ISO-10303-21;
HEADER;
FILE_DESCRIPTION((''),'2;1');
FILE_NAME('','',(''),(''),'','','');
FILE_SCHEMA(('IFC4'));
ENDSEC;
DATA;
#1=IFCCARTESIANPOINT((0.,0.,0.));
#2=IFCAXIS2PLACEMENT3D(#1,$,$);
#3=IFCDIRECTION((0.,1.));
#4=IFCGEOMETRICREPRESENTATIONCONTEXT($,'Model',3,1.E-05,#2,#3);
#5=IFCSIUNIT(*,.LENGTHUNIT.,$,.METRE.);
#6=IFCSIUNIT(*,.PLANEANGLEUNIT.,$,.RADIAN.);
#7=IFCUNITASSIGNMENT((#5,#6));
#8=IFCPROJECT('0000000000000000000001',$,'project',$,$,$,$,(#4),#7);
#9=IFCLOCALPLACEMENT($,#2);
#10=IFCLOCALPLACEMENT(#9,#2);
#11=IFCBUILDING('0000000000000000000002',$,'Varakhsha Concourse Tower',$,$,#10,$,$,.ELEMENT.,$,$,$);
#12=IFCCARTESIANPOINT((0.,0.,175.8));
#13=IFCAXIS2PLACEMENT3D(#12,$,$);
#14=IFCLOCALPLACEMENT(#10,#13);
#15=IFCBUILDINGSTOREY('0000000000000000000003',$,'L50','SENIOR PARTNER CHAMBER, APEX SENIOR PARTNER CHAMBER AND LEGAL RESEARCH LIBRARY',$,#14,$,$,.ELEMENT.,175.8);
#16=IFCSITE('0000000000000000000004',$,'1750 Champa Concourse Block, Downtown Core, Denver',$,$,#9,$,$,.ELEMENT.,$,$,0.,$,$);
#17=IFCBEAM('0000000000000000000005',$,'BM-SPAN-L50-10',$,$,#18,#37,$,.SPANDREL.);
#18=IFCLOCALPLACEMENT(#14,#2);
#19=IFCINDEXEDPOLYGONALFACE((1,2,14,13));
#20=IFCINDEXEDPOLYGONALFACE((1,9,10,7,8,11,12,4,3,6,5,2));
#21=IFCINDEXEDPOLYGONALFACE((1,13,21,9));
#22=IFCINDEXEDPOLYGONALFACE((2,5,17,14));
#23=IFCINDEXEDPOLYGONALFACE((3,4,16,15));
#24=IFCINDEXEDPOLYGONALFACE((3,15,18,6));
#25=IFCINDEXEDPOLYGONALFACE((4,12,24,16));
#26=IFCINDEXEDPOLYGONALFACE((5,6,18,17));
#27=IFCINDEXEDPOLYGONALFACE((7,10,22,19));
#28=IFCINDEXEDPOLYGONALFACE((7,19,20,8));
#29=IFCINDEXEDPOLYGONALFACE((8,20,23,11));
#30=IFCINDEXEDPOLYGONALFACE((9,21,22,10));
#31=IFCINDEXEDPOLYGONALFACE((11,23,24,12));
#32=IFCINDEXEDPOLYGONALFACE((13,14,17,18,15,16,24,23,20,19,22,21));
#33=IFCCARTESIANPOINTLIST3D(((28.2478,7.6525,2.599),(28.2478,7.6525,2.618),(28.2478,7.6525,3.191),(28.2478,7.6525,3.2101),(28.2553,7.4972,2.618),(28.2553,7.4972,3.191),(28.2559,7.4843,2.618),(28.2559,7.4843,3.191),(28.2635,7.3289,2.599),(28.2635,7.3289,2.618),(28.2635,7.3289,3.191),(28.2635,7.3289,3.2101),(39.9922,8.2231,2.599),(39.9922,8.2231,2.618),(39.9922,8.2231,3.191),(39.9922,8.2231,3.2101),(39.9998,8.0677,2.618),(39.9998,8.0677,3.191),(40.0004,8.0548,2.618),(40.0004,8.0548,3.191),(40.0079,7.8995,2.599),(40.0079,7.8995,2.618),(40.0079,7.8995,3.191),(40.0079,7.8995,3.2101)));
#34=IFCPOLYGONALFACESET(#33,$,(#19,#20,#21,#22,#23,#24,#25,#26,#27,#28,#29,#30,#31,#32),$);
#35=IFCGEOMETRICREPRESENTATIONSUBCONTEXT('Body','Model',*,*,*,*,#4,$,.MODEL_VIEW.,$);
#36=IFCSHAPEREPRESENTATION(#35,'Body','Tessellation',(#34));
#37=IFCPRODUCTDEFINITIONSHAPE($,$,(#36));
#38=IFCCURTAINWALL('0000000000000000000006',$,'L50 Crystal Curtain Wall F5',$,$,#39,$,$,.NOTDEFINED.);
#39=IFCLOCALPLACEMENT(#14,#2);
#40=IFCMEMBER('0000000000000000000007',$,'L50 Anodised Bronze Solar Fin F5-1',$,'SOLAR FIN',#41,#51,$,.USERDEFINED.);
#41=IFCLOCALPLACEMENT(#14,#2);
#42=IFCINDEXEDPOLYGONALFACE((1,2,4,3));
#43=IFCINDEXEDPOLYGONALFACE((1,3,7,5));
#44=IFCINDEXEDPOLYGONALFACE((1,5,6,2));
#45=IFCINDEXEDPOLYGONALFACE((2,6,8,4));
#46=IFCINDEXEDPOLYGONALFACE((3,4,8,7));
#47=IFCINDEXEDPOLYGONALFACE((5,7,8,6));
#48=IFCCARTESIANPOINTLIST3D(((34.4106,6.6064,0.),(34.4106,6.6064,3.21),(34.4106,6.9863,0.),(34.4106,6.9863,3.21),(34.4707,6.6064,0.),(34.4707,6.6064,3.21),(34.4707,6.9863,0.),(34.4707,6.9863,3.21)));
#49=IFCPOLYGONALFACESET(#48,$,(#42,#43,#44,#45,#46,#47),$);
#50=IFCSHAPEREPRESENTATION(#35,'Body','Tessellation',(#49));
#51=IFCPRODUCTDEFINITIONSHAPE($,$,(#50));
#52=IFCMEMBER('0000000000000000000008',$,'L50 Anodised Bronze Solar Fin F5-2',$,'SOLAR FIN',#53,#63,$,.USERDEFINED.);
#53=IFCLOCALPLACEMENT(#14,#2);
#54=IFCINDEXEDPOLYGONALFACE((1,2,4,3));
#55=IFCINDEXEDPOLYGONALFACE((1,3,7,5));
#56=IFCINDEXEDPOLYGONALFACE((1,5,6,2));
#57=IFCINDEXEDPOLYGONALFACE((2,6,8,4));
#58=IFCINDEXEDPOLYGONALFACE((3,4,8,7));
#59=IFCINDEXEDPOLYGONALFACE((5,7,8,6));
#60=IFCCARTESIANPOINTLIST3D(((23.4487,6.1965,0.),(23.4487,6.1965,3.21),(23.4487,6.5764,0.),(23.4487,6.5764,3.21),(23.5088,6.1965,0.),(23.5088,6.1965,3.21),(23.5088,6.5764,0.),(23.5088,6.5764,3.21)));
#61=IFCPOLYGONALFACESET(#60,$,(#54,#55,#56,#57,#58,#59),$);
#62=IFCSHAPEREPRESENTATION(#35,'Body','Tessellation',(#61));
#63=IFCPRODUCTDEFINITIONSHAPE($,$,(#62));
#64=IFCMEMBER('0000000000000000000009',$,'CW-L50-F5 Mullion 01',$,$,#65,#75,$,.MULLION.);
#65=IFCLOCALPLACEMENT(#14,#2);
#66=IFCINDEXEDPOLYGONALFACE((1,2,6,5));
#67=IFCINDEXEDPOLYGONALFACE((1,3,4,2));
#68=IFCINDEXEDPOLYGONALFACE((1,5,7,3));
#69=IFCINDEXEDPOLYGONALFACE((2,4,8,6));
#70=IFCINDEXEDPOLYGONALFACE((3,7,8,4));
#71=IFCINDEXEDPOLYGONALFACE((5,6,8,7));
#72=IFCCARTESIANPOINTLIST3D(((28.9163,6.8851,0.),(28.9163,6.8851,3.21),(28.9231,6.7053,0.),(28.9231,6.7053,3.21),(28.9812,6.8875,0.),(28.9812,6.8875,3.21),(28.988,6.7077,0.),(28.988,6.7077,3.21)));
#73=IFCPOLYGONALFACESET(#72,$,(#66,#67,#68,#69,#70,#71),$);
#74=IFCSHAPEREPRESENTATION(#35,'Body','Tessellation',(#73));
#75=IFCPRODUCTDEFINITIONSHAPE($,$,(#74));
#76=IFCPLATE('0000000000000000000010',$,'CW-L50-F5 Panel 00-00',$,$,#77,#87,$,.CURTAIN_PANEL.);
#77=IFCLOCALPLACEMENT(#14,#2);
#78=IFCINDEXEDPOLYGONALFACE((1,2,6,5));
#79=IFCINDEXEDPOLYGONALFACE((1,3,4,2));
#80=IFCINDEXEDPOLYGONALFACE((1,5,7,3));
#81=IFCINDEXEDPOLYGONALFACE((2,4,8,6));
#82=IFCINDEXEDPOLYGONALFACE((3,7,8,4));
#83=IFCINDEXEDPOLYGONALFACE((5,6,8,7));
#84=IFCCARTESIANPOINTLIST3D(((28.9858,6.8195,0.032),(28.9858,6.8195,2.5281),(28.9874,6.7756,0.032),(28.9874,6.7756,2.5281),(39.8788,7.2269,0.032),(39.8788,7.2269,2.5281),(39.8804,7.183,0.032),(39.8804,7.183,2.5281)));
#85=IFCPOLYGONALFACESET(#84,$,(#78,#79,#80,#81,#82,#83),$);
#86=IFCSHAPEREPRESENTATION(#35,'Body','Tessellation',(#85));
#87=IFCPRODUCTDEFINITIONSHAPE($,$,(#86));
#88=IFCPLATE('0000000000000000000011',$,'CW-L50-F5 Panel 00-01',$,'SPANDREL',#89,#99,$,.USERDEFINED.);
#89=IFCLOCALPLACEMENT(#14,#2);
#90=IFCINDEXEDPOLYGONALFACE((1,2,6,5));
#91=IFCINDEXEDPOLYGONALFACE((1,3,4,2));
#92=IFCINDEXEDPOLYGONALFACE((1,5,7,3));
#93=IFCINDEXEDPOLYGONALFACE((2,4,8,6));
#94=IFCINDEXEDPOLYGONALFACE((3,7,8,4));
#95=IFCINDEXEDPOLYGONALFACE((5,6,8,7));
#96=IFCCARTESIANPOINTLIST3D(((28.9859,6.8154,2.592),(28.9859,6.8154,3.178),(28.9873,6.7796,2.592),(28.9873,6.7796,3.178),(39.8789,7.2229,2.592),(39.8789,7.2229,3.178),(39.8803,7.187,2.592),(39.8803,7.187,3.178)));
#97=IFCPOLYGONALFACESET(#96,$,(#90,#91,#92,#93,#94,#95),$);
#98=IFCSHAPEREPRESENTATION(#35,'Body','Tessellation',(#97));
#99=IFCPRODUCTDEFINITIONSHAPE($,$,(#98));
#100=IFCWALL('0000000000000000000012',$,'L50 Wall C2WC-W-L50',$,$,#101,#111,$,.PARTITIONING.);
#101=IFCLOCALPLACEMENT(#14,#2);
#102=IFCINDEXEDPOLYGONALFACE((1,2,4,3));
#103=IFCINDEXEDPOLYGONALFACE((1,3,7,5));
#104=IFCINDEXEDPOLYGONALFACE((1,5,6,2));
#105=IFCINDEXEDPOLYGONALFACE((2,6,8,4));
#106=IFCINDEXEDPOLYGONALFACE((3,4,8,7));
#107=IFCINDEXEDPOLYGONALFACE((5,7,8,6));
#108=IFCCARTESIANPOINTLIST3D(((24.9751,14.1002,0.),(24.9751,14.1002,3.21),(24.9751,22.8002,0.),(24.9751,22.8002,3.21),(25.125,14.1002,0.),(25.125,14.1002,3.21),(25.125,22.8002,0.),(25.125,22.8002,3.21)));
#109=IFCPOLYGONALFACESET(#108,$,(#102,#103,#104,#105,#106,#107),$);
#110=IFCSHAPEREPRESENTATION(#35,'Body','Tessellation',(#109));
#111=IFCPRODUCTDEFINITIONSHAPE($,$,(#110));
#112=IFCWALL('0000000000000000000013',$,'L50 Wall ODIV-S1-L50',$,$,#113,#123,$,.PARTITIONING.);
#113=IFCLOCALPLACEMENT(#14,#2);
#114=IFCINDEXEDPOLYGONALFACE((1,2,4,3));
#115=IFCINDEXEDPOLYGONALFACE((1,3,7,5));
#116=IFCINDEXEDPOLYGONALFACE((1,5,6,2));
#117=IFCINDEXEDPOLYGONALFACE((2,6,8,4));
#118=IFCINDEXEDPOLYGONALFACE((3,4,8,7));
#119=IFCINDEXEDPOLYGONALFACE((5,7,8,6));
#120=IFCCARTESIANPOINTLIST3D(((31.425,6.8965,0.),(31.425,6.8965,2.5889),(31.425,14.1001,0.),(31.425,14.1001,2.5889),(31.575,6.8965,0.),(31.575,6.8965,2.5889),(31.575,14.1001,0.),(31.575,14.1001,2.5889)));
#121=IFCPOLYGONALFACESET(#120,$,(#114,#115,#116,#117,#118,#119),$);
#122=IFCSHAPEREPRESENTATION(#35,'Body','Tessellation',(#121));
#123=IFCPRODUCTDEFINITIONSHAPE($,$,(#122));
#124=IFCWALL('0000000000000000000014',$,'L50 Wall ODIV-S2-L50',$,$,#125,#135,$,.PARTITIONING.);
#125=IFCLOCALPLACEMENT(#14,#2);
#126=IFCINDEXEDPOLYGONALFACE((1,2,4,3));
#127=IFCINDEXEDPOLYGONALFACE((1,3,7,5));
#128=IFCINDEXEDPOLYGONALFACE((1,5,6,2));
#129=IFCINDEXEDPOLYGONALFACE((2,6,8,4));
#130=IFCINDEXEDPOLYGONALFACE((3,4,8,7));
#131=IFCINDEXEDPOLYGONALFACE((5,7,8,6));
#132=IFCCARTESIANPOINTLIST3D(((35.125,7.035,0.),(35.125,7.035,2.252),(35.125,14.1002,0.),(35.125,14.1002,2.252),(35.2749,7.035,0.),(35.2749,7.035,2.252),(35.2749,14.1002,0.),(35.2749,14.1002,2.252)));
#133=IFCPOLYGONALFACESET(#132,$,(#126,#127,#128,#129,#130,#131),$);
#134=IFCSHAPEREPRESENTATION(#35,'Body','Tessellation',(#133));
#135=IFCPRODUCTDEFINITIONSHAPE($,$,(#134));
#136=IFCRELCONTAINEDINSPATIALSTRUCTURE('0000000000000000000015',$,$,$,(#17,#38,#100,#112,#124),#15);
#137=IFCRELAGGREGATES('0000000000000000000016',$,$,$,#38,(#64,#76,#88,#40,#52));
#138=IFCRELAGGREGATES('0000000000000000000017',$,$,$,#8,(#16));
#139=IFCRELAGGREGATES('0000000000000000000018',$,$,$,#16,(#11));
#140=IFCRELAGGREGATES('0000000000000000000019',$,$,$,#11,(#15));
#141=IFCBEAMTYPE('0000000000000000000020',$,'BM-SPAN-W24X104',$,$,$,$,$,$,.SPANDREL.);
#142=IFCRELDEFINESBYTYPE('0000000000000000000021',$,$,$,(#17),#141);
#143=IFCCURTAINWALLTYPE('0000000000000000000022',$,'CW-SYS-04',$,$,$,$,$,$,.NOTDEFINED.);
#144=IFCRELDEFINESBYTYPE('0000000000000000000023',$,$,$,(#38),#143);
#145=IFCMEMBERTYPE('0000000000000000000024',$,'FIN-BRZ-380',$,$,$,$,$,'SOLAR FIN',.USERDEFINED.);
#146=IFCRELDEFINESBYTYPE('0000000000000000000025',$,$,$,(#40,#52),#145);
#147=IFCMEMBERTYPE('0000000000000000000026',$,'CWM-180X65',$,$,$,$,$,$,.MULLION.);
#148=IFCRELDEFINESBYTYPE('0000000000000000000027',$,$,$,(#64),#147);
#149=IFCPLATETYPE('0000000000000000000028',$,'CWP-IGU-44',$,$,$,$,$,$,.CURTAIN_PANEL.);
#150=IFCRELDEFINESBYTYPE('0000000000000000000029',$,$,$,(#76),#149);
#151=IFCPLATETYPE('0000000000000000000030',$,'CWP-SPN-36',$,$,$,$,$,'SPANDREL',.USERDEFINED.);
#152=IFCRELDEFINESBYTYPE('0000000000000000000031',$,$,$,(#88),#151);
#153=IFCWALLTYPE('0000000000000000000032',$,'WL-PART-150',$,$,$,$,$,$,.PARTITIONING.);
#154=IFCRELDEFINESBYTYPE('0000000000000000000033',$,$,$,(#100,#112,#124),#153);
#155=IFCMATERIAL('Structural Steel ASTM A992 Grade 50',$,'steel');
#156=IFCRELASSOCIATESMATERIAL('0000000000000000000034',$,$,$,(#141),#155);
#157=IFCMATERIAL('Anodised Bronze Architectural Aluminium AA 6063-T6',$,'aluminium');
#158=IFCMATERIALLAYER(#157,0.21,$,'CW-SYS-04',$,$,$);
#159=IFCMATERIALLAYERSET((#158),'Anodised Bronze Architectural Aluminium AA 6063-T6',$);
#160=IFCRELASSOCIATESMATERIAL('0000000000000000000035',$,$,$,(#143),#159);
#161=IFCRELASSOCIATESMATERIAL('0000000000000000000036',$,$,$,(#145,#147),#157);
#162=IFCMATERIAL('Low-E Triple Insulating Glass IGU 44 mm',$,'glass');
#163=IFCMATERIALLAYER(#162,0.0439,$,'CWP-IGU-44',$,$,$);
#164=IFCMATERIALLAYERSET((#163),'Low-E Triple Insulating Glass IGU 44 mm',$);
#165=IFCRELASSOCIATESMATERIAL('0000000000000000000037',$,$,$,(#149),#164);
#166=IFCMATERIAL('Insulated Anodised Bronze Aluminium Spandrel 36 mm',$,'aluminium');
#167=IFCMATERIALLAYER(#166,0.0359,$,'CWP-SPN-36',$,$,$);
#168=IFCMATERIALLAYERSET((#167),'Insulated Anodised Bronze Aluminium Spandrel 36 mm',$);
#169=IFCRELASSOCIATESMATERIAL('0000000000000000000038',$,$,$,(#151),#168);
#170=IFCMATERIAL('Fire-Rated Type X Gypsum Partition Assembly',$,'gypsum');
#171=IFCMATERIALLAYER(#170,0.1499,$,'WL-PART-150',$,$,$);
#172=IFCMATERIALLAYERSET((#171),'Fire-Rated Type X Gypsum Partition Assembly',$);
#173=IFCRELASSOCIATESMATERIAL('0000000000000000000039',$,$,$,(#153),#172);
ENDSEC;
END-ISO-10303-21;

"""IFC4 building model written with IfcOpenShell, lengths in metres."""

from ifc_helpers import new_model, si_unit, direction, frame, frame_2d, origin, origin_2d, place, context, subcontext, project, spatial, rectangle, i_section, extrude, source, transform, mapped, material, layer, layer_set, material_profile, profile_set, type_object, type_shapes, element, aggregate, save


model = new_model("IFC4")

# Units and contexts
model_context = context("Model", 3, precision=1e-05, world=origin(), true_north=direction((0.0, 1.0)))
body_context = subcontext(model_context, "Body", "Model", "MODEL_VIEW")
ifc_project = project(units=[si_unit("LENGTHUNIT", "METRE"), si_unit("PLANEANGLEUNIT", "RADIAN")], contexts=[model_context])

# Site, building, storey
site_placement = place(None, origin())
site = spatial("IfcSite", under=ifc_project, at=site_placement, Name="1750 Champa Concourse Block, Downtown Core, Denver", CompositionType="ELEMENT", RefElevation=0.0)
building_placement = place(site_placement, origin())
building = spatial("IfcBuilding", under=site, at=building_placement, Name="Varakhsha Concourse Tower", CompositionType="ELEMENT")
storey_placement = place(building_placement, frame((0.0, 0.0, 175.8)))
storey = spatial("IfcBuildingStorey", under=building, at=storey_placement, Name="L50", Description="SENIOR PARTNER CHAMBER, APEX SENIOR PARTNER CHAMBER AND LEGAL RESEARCH LIBRARY", CompositionType="ELEMENT", Elevation=175.8)

# Shared definitions
ifc_material_1 = material(Name="Structural Steel ASTM A992 Grade 50", Category="steel")

# Beam
ifc_material_profile_1 = material_profile(ifc_material_1, i_section(OverallWidth=0.324, OverallDepth=0.6111, WebThickness=0.0129, FlangeThickness=0.019, at=origin_2d()), Name="W24X104")
ifc_profile_set_1 = profile_set([ifc_material_profile_1], Name="Structural Steel ASTM A992 Grade 50")
beam_type_1 = type_object("IfcBeamType", Name="BM-SPAN-W24X104", PredefinedType="SPANDREL", material=ifc_profile_set_1)
beam_1_placement = place(storey_placement, frame((28.2556, 7.4907, 2.9045), z_axis=(0.998822, 0.048524, 0.0), x_axis=(-0.048524, 0.998822, 0.0)))
element("IfcBeam", 1, at=beam_1_placement, inside=storey, type_object=beam_type_1, Name="BM-SPAN-L50-10", PredefinedType="SPANDREL", context=body_context, shape_type="SweptSolid", body=[
    extrude(i_section(OverallWidth=0.324, OverallDepth=0.6111, WebThickness=0.0129, FlangeThickness=0.019, at=origin_2d()), origin(), (0.0, 0.0, 1.0), 11.7583),
])

# Curtain wall, members, plates
ifc_material_2 = material(Name="Anodised Bronze Architectural Aluminium AA 6063-T6", Category="aluminium")
ifc_layer_1 = layer(ifc_material_2, 0.21, Name="CW-SYS-04")
ifc_layer_set_1 = layer_set([ifc_layer_1], Name="Anodised Bronze Architectural Aluminium AA 6063-T6")
curtain_wall_type = type_object("IfcCurtainWallType", Name="CW-SYS-04", PredefinedType="NOTDEFINED", material=ifc_layer_set_1)
curtain_wall_placement = place(storey_placement, origin())
curtain_wall = element("IfcCurtainWall", 2, at=curtain_wall_placement, inside=storey, type_object=curtain_wall_type, Name="L50 Crystal Curtain Wall F5", PredefinedType="NOTDEFINED")
ifc_material_profile_2 = material_profile(ifc_material_2, rectangle(XDim=0.0601, YDim=0.3799, at=origin_2d()), Name="FIN-BRZ-380")
ifc_profile_set_2 = profile_set([ifc_material_profile_2], Name="Anodised Bronze Architectural Aluminium AA 6063-T6")
member_type_1 = type_object("IfcMemberType", Name="FIN-BRZ-380", ElementType="SOLAR FIN", PredefinedType="USERDEFINED", material=ifc_profile_set_2)
shared_shape_1 = source(origin(), body_context, "Body", "SweptSolid", [
    extrude(rectangle(XDim=0.0601, YDim=0.3799, at=origin_2d()), origin(), (0.0, 0.0, 1.0), 3.21),
])
type_shapes(member_type_1, [shared_shape_1])
member_1_placement = place(storey_placement, frame((34.4407, 6.7964, 0.0), z_axis=(0.0, 0.0, 1.0), x_axis=(1.0, 0.0, 0.0)))
member_1 = element("IfcMember", 3, at=member_1_placement, type_object=member_type_1, Name="L50 Anodised Bronze Solar Fin F5-1", ObjectType="SOLAR FIN", PredefinedType="USERDEFINED", context=body_context, shape_type="MappedRepresentation", body=[
    mapped(shared_shape_1, transform((0.0, 0.0, 0.0), scale=1.0)),
])
member_2_placement = place(storey_placement, frame((23.4788, 6.3865, 0.0), z_axis=(0.0, 0.0, 1.0), x_axis=(1.0, 0.0, 0.0)))
member_2 = element("IfcMember", 4, at=member_2_placement, type_object=member_type_1, Name="L50 Anodised Bronze Solar Fin F5-2", ObjectType="SOLAR FIN", PredefinedType="USERDEFINED", context=body_context, shape_type="MappedRepresentation", body=[
    mapped(shared_shape_1, transform((0.0, 0.0, 0.0), scale=1.0)),
])
ifc_material_profile_3 = material_profile(ifc_material_2, rectangle(XDim=0.0649, YDim=0.1799, at=origin_2d()), Name="CWM-180X65")
ifc_profile_set_3 = profile_set([ifc_material_profile_3], Name="Anodised Bronze Architectural Aluminium AA 6063-T6")
member_type_2 = type_object("IfcMemberType", Name="CWM-180X65", PredefinedType="MULLION", material=ifc_profile_set_3)
shared_shape_2 = source(origin(), body_context, "Body", "SweptSolid", [
    extrude(rectangle(XDim=0.0649, YDim=0.1799, at=origin_2d()), origin(), (0.0, 0.0, 1.0), 3.21),
])
type_shapes(member_type_2, [shared_shape_2])
member_3_placement = place(storey_placement, frame((28.9521, 6.7964, 0.0), z_axis=(0.0, 0.0, 1.0), x_axis=(-0.999301, -0.037376, 0.0)))
member_3 = element("IfcMember", 5, at=member_3_placement, type_object=member_type_2, Name="CW-L50-F5 Mullion 01", PredefinedType="MULLION", context=body_context, shape_type="MappedRepresentation", body=[
    mapped(shared_shape_2, transform((0.0, 0.0, 0.0), scale=1.0)),
])
ifc_material_3 = material(Name="Low-E Triple Insulating Glass IGU 44 mm", Category="glass")
ifc_layer_2 = layer(ifc_material_3, 0.0439, Name="CWP-IGU-44")
ifc_layer_set_2 = layer_set([ifc_layer_2], Name="Low-E Triple Insulating Glass IGU 44 mm")
plate_type_1 = type_object("IfcPlateType", Name="CWP-IGU-44", PredefinedType="CURTAIN_PANEL", material=ifc_layer_set_2)
shared_shape_3 = source(origin(), body_context, "Body", "SweptSolid", [
    extrude(rectangle(XDim=10.9006, YDim=0.0439, at=origin_2d()), origin(), (0.0, 0.0, 1.0), 2.4961),
])
type_shapes(plate_type_1, [shared_shape_3])
plate_1_placement = place(storey_placement, frame((34.4331, 7.0012, 0.032), z_axis=(0.0, 0.0, 1.0), x_axis=(-0.999301, -0.037376, 0.0)))
plate_1 = element("IfcPlate", 6, at=plate_1_placement, type_object=plate_type_1, Name="CW-L50-F5 Panel 00-00", PredefinedType="CURTAIN_PANEL", context=body_context, shape_type="MappedRepresentation", body=[
    mapped(shared_shape_3, transform((0.0, 0.0, 0.0), scale=1.0)),
])
ifc_material_4 = material(Name="Insulated Anodised Bronze Aluminium Spandrel 36 mm", Category="aluminium")
ifc_layer_3 = layer(ifc_material_4, 0.0359, Name="CWP-SPN-36")
ifc_layer_set_3 = layer_set([ifc_layer_3], Name="Insulated Anodised Bronze Aluminium Spandrel 36 mm")
plate_type_2 = type_object("IfcPlateType", Name="CWP-SPN-36", ElementType="SPANDREL", PredefinedType="USERDEFINED", material=ifc_layer_set_3)
shared_shape_4 = source(origin(), body_context, "Body", "SweptSolid", [
    extrude(rectangle(XDim=10.9006, YDim=0.0359, at=origin_2d()), origin(), (0.0, 0.0, 1.0), 0.5859),
])
type_shapes(plate_type_2, [shared_shape_4])
plate_2_placement = place(storey_placement, frame((34.4331, 7.0012, 2.592), z_axis=(0.0, 0.0, 1.0), x_axis=(-0.999301, -0.037376, 0.0)))
plate_2 = element("IfcPlate", 7, at=plate_2_placement, type_object=plate_type_2, Name="CW-L50-F5 Panel 00-01", ObjectType="SPANDREL", PredefinedType="USERDEFINED", context=body_context, shape_type="MappedRepresentation", body=[
    mapped(shared_shape_4, transform((0.0, 0.0, 0.0), scale=1.0)),
])
aggregate(curtain_wall, [member_3, plate_1, plate_2, member_1, member_2])

# Walls
ifc_material_5 = material(Name="Fire-Rated Type X Gypsum Partition Assembly", Category="gypsum")
ifc_layer_4 = layer(ifc_material_5, 0.1499, Name="WL-PART-150")
ifc_layer_set_4 = layer_set([ifc_layer_4], Name="Fire-Rated Type X Gypsum Partition Assembly")
wall_type = type_object("IfcWallType", Name="WL-PART-150", PredefinedType="PARTITIONING", material=ifc_layer_set_4)
wall_1_placement = place(storey_placement, frame((25.05, 14.1001, 0.0), z_axis=(0.0, 0.0, 1.0), x_axis=(0.0, 1.0, 0.0)))
element("IfcWall", 8, at=wall_1_placement, inside=storey, type_object=wall_type, Name="L50 Wall C2WC-W-L50", PredefinedType="PARTITIONING", context=body_context, shape_type="SweptSolid", body=[
    extrude(rectangle(XDim=8.7, YDim=0.1499, at=frame_2d((4.3501, 0.0))), origin(), (0.0, 0.0, 1.0), 3.21),
])
wall_2_placement = place(storey_placement, frame((31.5, 6.8965, 0.0), z_axis=(0.0, 0.0, 1.0), x_axis=(0.0, 1.0, 0.0)))
element("IfcWall", 9, at=wall_2_placement, inside=storey, type_object=wall_type, Name="L50 Wall ODIV-S1-L50", PredefinedType="PARTITIONING", context=body_context, shape_type="SweptSolid", body=[
    extrude(rectangle(XDim=7.2036, YDim=0.1499, at=frame_2d((3.6018, 0.0))), origin(), (0.0, 0.0, 1.0), 2.5889),
])
wall_3_placement = place(storey_placement, frame((35.2, 7.0349, 0.0), z_axis=(0.0, 0.0, 1.0), x_axis=(0.0, 1.0, 0.0)))
element("IfcWall", 10, at=wall_3_placement, inside=storey, type_object=wall_type, Name="L50 Wall ODIV-S2-L50", PredefinedType="PARTITIONING", context=body_context, shape_type="SweptSolid", body=[
    extrude(rectangle(XDim=7.0652, YDim=0.1499, at=frame_2d((3.5327, 0.0))), origin(), (0.0, 0.0, 1.0), 2.252),
])

save(model, "model.ifc")
